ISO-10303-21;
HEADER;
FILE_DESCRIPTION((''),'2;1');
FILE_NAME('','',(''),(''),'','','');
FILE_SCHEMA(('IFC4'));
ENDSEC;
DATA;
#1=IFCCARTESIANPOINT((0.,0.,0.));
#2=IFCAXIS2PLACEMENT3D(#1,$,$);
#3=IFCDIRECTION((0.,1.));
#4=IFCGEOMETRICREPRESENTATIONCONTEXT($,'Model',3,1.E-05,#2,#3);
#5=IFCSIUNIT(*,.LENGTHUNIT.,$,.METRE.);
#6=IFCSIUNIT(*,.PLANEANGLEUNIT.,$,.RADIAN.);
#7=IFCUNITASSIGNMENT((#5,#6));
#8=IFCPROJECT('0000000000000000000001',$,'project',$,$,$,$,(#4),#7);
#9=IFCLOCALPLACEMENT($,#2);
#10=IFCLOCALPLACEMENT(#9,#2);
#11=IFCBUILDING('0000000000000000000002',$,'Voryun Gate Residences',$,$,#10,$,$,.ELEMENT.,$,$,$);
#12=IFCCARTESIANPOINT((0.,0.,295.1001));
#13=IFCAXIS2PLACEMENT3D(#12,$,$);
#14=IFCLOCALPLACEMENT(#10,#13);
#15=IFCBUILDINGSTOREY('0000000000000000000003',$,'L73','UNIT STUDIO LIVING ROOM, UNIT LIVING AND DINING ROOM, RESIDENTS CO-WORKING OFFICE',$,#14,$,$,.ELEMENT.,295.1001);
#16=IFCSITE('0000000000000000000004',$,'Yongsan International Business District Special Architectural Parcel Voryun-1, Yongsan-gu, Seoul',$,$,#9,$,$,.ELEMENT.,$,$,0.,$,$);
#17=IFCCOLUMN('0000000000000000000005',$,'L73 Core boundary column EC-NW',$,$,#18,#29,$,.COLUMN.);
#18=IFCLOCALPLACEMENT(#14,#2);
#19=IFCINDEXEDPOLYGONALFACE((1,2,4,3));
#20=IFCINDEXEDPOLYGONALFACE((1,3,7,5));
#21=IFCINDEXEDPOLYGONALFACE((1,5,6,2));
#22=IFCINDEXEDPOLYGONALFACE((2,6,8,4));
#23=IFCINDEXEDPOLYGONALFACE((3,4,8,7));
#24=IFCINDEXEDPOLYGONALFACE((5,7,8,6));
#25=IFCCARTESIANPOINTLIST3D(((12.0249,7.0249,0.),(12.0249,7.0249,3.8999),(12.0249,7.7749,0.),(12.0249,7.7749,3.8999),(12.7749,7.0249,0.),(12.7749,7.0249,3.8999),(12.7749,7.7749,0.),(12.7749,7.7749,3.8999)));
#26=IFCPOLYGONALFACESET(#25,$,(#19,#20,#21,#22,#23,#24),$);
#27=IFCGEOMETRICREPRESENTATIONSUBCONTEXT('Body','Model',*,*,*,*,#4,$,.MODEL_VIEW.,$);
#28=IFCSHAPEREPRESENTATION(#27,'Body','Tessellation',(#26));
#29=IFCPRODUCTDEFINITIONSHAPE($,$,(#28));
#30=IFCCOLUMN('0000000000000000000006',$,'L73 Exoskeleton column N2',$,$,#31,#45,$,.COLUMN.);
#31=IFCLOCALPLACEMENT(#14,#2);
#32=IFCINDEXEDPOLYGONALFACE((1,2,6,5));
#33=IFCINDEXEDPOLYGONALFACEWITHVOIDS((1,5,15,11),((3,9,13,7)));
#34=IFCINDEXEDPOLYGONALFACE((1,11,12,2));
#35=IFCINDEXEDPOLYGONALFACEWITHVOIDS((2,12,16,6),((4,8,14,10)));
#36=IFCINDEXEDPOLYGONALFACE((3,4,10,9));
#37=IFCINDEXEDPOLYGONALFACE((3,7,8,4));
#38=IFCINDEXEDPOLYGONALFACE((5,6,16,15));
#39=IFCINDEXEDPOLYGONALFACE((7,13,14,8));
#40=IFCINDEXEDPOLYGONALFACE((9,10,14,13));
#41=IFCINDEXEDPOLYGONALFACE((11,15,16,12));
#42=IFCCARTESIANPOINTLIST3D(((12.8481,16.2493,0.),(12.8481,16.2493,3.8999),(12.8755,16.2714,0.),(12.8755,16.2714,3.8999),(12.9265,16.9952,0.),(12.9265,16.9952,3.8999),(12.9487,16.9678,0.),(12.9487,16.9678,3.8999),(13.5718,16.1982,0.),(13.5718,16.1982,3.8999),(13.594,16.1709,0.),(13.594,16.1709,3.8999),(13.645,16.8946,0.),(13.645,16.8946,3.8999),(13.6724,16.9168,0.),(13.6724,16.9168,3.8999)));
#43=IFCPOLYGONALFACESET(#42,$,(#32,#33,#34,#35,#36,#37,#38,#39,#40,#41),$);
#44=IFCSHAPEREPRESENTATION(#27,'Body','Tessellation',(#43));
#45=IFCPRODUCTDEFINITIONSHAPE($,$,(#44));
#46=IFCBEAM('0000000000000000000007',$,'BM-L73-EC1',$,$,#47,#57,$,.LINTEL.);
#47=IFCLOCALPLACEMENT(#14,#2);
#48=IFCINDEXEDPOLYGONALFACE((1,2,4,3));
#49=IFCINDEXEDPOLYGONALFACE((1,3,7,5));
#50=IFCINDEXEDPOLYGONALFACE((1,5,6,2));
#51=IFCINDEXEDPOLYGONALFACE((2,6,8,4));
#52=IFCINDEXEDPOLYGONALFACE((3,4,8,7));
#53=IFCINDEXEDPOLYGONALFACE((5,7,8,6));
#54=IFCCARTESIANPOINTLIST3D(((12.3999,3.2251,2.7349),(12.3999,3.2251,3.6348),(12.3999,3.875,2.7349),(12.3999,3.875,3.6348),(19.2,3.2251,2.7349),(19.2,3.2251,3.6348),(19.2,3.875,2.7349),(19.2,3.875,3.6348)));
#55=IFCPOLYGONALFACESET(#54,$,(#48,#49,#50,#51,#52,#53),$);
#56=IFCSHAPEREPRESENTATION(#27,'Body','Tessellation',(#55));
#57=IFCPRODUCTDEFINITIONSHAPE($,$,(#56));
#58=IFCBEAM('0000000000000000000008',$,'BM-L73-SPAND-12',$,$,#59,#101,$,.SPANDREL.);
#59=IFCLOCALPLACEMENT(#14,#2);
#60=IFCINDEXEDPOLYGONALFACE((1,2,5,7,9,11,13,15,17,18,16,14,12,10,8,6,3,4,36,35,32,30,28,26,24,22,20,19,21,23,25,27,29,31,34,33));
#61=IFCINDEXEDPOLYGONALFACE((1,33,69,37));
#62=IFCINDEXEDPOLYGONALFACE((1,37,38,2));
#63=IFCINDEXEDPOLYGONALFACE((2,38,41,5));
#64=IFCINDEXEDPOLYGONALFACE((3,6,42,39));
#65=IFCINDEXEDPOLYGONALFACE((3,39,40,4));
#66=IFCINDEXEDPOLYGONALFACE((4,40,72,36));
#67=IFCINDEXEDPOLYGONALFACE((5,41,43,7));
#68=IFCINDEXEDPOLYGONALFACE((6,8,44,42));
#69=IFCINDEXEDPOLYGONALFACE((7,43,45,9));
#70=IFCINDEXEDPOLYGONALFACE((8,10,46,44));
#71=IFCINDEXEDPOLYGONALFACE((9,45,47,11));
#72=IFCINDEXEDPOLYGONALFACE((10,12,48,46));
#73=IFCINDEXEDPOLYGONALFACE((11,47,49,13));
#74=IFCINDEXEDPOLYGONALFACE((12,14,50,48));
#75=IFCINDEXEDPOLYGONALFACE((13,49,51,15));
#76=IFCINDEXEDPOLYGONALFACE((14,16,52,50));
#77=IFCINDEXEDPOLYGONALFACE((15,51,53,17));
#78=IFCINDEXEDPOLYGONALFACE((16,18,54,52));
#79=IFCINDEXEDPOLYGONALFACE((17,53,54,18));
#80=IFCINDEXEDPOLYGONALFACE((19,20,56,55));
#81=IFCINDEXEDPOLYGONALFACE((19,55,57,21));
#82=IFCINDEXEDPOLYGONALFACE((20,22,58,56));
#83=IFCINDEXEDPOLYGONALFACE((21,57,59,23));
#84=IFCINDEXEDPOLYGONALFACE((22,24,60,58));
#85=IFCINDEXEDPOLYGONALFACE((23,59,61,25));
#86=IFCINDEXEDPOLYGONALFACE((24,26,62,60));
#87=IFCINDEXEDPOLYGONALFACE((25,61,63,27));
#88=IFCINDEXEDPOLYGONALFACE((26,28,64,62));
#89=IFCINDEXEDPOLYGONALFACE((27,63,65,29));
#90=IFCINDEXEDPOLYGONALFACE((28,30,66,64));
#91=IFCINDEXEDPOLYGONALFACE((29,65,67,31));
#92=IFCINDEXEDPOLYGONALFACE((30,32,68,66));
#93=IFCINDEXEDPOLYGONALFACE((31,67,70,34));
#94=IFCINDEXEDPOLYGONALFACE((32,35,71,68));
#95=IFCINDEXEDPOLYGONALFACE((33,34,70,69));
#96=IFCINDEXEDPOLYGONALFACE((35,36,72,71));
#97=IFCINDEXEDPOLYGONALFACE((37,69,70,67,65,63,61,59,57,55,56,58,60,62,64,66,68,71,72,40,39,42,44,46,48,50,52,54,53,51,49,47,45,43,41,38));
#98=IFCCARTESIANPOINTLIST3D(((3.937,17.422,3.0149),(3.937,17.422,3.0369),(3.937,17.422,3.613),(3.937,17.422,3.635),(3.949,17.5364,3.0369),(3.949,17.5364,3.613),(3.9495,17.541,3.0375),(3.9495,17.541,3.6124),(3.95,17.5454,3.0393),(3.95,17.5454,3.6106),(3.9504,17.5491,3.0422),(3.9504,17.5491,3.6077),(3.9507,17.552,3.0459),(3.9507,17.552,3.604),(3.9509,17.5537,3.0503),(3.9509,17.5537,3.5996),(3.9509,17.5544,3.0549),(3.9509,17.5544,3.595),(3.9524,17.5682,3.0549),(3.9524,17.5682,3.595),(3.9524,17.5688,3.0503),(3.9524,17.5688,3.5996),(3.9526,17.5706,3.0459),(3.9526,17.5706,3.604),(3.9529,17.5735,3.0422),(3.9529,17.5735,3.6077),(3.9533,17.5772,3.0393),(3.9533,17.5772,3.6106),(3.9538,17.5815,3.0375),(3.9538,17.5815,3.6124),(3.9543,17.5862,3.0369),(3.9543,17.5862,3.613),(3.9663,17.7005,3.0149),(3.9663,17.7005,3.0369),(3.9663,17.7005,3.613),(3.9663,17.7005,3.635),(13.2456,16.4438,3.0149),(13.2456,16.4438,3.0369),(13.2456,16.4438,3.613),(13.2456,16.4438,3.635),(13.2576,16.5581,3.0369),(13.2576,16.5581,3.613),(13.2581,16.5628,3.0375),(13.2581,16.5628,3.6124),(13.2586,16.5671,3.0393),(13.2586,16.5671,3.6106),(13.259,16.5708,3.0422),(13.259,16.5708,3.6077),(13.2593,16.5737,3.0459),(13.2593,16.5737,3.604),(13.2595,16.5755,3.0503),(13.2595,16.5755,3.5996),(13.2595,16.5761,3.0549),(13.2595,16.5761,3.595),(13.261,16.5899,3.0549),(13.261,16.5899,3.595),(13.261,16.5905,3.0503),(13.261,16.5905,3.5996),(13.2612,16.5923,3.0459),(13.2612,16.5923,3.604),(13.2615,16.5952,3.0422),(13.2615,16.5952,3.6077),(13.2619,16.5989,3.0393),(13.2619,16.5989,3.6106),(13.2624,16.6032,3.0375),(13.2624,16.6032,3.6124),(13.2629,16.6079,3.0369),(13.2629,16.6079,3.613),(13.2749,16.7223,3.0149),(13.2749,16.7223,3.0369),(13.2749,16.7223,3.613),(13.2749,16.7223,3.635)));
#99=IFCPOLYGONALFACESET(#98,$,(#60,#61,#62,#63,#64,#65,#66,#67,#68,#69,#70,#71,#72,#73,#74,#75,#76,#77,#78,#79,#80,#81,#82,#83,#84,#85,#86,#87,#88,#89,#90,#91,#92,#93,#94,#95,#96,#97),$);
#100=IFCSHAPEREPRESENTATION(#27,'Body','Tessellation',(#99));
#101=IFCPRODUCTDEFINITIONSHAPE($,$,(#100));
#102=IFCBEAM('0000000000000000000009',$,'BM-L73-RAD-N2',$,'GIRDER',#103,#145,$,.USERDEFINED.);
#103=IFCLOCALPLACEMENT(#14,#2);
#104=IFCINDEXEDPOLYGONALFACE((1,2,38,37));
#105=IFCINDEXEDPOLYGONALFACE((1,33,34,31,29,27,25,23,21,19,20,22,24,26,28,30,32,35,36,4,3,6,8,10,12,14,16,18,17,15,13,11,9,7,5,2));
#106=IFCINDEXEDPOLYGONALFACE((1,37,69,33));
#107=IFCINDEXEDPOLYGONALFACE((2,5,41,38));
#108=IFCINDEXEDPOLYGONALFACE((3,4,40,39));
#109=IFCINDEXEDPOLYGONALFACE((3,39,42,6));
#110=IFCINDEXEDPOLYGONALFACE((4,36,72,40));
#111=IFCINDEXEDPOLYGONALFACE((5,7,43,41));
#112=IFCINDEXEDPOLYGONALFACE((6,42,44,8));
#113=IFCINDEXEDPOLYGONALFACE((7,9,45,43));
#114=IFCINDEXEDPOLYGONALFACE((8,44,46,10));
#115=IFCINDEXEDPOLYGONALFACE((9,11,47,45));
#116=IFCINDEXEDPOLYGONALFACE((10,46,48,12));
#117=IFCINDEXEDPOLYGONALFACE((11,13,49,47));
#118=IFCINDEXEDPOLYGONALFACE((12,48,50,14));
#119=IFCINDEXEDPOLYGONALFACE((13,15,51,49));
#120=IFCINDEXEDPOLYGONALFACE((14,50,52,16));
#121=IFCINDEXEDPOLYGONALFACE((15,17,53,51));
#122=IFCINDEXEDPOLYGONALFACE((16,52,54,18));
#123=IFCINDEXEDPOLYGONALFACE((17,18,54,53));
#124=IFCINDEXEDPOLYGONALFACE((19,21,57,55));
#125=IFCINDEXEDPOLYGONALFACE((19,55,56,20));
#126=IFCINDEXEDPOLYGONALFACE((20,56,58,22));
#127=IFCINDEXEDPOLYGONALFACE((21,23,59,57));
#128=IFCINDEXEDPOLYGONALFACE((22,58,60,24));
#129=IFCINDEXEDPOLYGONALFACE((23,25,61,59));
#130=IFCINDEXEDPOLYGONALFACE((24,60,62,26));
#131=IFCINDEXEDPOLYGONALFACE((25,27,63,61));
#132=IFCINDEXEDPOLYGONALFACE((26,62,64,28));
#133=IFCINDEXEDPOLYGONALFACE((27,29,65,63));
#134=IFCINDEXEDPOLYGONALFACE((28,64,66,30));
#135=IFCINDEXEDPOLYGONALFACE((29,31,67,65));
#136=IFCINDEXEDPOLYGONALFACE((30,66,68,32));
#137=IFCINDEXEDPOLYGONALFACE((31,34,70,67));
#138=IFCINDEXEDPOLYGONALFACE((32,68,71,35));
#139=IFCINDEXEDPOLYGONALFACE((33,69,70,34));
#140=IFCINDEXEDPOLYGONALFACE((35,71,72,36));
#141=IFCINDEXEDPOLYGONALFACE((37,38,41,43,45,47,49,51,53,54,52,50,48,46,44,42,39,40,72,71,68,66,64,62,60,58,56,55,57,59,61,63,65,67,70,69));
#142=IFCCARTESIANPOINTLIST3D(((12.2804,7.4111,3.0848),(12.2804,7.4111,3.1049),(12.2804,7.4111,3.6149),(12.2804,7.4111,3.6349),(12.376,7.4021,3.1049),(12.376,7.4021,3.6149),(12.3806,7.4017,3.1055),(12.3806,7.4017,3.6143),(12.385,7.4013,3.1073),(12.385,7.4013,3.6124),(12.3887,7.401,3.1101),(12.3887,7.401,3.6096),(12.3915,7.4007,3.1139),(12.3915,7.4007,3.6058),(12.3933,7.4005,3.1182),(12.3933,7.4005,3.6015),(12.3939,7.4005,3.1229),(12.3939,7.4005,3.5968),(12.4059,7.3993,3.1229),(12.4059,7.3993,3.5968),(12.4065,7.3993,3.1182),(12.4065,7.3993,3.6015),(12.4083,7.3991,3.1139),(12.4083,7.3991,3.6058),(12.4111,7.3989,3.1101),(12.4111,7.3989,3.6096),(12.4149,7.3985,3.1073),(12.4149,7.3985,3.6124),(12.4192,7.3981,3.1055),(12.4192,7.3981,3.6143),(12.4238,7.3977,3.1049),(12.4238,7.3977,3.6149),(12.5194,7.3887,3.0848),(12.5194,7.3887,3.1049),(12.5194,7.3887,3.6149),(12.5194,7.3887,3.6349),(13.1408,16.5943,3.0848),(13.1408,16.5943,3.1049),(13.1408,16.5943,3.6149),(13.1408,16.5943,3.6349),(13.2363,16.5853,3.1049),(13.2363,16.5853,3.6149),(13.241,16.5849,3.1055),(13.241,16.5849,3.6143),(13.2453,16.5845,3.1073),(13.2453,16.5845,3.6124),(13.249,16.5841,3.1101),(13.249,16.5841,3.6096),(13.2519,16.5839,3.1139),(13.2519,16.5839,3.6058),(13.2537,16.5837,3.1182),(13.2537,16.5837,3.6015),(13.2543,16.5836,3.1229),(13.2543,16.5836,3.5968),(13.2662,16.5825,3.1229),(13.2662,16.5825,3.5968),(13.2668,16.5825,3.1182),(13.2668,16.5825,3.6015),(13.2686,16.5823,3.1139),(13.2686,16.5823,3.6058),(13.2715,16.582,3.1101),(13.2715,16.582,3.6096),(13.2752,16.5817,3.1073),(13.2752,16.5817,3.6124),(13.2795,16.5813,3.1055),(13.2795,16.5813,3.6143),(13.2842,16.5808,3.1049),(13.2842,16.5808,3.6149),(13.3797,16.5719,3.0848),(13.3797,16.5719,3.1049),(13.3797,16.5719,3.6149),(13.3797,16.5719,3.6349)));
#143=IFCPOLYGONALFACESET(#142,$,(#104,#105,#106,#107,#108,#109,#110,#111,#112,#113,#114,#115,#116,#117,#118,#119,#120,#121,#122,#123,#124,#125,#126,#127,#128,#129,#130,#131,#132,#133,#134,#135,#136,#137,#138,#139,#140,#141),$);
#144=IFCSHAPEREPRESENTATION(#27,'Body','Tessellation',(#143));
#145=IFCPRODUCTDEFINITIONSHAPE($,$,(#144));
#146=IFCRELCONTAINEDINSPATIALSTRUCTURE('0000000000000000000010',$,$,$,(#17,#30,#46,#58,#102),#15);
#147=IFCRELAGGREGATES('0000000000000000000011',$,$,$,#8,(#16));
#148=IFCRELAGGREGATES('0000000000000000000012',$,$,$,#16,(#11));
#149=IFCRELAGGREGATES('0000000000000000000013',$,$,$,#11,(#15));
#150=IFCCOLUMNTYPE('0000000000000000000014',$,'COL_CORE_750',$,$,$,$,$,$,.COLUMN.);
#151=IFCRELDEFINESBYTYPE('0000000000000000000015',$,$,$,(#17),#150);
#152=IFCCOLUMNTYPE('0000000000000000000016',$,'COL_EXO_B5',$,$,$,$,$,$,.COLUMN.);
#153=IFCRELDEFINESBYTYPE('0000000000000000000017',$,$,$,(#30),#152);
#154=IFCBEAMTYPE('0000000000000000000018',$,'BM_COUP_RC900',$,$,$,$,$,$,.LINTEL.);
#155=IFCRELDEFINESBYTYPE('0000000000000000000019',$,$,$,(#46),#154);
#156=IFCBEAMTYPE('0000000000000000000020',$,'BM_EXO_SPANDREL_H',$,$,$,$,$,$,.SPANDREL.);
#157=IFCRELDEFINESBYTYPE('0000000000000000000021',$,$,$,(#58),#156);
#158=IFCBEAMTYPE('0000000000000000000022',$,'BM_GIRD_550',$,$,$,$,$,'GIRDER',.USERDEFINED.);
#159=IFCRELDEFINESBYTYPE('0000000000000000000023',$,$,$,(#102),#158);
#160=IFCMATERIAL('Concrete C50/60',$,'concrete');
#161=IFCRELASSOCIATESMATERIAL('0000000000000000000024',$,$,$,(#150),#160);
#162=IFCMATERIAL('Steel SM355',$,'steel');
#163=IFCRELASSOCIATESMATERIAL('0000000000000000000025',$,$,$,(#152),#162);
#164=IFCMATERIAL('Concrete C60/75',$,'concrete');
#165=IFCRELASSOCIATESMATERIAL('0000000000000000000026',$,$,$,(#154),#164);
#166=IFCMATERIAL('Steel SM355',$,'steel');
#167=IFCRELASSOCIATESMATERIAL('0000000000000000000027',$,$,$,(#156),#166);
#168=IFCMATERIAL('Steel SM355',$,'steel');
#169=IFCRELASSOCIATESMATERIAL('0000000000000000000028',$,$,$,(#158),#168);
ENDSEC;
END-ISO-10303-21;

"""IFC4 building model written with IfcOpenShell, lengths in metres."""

from ifc_helpers import new_model, si_unit, direction, frame, origin, origin_2d, place, context, subcontext, project, spatial, rectangle, hollow_rectangle, i_section, extrude, material, material_profile, profile_set, type_object, element, save


model = new_model("IFC4")

# Units and contexts
model_context = context("Model", 3, precision=1e-05, world=origin(), true_north=direction((0.0, 1.0)))
body_context = subcontext(model_context, "Body", "Model", "MODEL_VIEW")
ifc_project = project(units=[si_unit("LENGTHUNIT", "METRE"), si_unit("PLANEANGLEUNIT", "RADIAN")], contexts=[model_context])

# Site, building, storey
site_placement = place(None, origin())
site = spatial("IfcSite", under=ifc_project, at=site_placement, Name="Yongsan International Business District Special Architectural Parcel Voryun-1, Yongsan-gu, Seoul", CompositionType="ELEMENT", RefElevation=0.0)
building_placement = place(site_placement, origin())
building = spatial("IfcBuilding", under=site, at=building_placement, Name="Voryun Gate Residences", CompositionType="ELEMENT")
storey_placement = place(building_placement, frame((0.0, 0.0, 295.1001)))
storey = spatial("IfcBuildingStorey", under=building, at=storey_placement, Name="L73", Description="UNIT STUDIO LIVING ROOM, UNIT LIVING AND DINING ROOM, RESIDENTS CO-WORKING OFFICE", CompositionType="ELEMENT", Elevation=295.1001)

# Columns
ifc_material_1 = material(Name="Concrete C50/60", Category="concrete")
ifc_material_profile_1 = material_profile(ifc_material_1, rectangle(XDim=0.75, YDim=0.75, at=origin_2d()), Name="RC-750x750")
ifc_profile_set_1 = profile_set([ifc_material_profile_1], Name="Concrete C50/60")
column_type_1 = type_object("IfcColumnType", Name="COL_CORE_750", PredefinedType="COLUMN", material=ifc_profile_set_1)
column_1_placement = place(storey_placement, frame((12.3999, 7.3999, 0.0), z_axis=(0.0, 0.0, 1.0), x_axis=(1.0, 0.0, 0.0)))
element("IfcColumn", 1, at=column_1_placement, inside=storey, type_object=column_type_1, Name="L73 Core boundary column EC-NW", PredefinedType="COLUMN", context=body_context, shape_type="SweptSolid", body=[
    extrude(rectangle(XDim=0.75, YDim=0.75, at=origin_2d()), origin(), (0.0, 0.0, 1.0), 3.8999),
])
ifc_material_2 = material(Name="Steel SM355", Category="steel")
ifc_material_profile_2 = material_profile(ifc_material_2, hollow_rectangle(XDim=0.75, YDim=0.75, WallThickness=0.0249, at=origin_2d()), Name="BOX-750x750x25")
ifc_profile_set_2 = profile_set([ifc_material_profile_2], Name="Steel SM355")
column_type_2 = type_object("IfcColumnType", Name="COL_EXO_B5", PredefinedType="COLUMN", material=ifc_profile_set_2)
column_2_placement = place(storey_placement, frame((13.2603, 16.583, 0.0), z_axis=(0.0, 0.0, 1.0), x_axis=(0.994522, -0.104528, 0.0)))
element("IfcColumn", 2, at=column_2_placement, inside=storey, type_object=column_type_2, Name="L73 Exoskeleton column N2", PredefinedType="COLUMN", context=body_context, shape_type="SweptSolid", body=[
    extrude(hollow_rectangle(XDim=0.75, YDim=0.75, WallThickness=0.0249, at=origin_2d()), origin(), (0.0, 0.0, 1.0), 3.8999),
])

# Beams
ifc_material_3 = material(Name="Concrete C60/75", Category="concrete")
ifc_material_profile_3 = material_profile(ifc_material_3, rectangle(XDim=0.6499, YDim=0.8999, at=origin_2d()), Name="RC-650x900")
ifc_profile_set_3 = profile_set([ifc_material_profile_3], Name="Concrete C60/75")
beam_type_1 = type_object("IfcBeamType", Name="BM_COUP_RC900", PredefinedType="LINTEL", material=ifc_profile_set_3)
beam_1_placement = place(storey_placement, frame((12.3999, 3.55, 3.1848), z_axis=(1.0, 0.0, 0.0), x_axis=(0.0, 1.0, 0.0)))
element("IfcBeam", 3, at=beam_1_placement, inside=storey, type_object=beam_type_1, Name="BM-L73-EC1", PredefinedType="LINTEL", context=body_context, shape_type="SweptSolid", body=[
    extrude(rectangle(XDim=0.6499, YDim=0.8999, at=origin_2d()), origin(), (0.0, 0.0, 1.0), 6.8),
])
ifc_material_4 = material(Name="Steel SM355", Category="steel")
ifc_material_profile_4 = material_profile(ifc_material_4, i_section(OverallWidth=0.28, OverallDepth=0.6201, WebThickness=0.0139, FlangeThickness=0.022, FilletRadius=0.0181, at=origin_2d()), Name="H-620x280x14x22")
ifc_profile_set_4 = profile_set([ifc_material_profile_4], Name="Steel SM355")
beam_type_2 = type_object("IfcBeamType", Name="BM_EXO_SPANDREL_H", PredefinedType="SPANDREL", material=ifc_profile_set_4)
beam_2_placement = place(storey_placement, frame((13.2603, 16.583, 3.325), z_axis=(-0.994523, 0.104518, 0.0), x_axis=(-0.104518, -0.994523, 0.0)))
element("IfcBeam", 4, at=beam_2_placement, inside=storey, type_object=beam_type_2, Name="BM-L73-SPAND-12", PredefinedType="SPANDREL", context=body_context, shape_type="SweptSolid", body=[
    extrude(i_section(OverallWidth=0.28, OverallDepth=0.6201, WebThickness=0.0139, FlangeThickness=0.022, FilletRadius=0.0181, at=origin_2d()), origin(), (0.0, 0.0, 1.0), 9.3599),
])
ifc_material_5 = material(Name="Steel SM355", Category="steel")
ifc_material_profile_5 = material_profile(ifc_material_5, i_section(OverallWidth=0.24, OverallDepth=0.55, WebThickness=0.012, FlangeThickness=0.02, FilletRadius=0.0181, at=origin_2d()), Name="H-550x240x12x20")
ifc_profile_set_5 = profile_set([ifc_material_profile_5], Name="Steel SM355")
beam_type_3 = type_object("IfcBeamType", Name="BM_GIRD_550", ElementType="GIRDER", PredefinedType="USERDEFINED", material=ifc_profile_set_5)
beam_3_placement = place(storey_placement, frame((12.3999, 7.3999, 3.3599), z_axis=(0.09328, 0.99564, 0.0), x_axis=(-0.99564, 0.09328, 0.0)))
element("IfcBeam", 5, at=beam_3_placement, inside=storey, type_object=beam_type_3, Name="BM-L73-RAD-N2", ObjectType="GIRDER", PredefinedType="USERDEFINED", context=body_context, shape_type="SweptSolid", body=[
    extrude(i_section(OverallWidth=0.24, OverallDepth=0.55, WebThickness=0.012, FlangeThickness=0.02, FilletRadius=0.0181, at=origin_2d()), origin(), (0.0, 0.0, 1.0), 9.2234),
])

save(model, "model.ifc")
